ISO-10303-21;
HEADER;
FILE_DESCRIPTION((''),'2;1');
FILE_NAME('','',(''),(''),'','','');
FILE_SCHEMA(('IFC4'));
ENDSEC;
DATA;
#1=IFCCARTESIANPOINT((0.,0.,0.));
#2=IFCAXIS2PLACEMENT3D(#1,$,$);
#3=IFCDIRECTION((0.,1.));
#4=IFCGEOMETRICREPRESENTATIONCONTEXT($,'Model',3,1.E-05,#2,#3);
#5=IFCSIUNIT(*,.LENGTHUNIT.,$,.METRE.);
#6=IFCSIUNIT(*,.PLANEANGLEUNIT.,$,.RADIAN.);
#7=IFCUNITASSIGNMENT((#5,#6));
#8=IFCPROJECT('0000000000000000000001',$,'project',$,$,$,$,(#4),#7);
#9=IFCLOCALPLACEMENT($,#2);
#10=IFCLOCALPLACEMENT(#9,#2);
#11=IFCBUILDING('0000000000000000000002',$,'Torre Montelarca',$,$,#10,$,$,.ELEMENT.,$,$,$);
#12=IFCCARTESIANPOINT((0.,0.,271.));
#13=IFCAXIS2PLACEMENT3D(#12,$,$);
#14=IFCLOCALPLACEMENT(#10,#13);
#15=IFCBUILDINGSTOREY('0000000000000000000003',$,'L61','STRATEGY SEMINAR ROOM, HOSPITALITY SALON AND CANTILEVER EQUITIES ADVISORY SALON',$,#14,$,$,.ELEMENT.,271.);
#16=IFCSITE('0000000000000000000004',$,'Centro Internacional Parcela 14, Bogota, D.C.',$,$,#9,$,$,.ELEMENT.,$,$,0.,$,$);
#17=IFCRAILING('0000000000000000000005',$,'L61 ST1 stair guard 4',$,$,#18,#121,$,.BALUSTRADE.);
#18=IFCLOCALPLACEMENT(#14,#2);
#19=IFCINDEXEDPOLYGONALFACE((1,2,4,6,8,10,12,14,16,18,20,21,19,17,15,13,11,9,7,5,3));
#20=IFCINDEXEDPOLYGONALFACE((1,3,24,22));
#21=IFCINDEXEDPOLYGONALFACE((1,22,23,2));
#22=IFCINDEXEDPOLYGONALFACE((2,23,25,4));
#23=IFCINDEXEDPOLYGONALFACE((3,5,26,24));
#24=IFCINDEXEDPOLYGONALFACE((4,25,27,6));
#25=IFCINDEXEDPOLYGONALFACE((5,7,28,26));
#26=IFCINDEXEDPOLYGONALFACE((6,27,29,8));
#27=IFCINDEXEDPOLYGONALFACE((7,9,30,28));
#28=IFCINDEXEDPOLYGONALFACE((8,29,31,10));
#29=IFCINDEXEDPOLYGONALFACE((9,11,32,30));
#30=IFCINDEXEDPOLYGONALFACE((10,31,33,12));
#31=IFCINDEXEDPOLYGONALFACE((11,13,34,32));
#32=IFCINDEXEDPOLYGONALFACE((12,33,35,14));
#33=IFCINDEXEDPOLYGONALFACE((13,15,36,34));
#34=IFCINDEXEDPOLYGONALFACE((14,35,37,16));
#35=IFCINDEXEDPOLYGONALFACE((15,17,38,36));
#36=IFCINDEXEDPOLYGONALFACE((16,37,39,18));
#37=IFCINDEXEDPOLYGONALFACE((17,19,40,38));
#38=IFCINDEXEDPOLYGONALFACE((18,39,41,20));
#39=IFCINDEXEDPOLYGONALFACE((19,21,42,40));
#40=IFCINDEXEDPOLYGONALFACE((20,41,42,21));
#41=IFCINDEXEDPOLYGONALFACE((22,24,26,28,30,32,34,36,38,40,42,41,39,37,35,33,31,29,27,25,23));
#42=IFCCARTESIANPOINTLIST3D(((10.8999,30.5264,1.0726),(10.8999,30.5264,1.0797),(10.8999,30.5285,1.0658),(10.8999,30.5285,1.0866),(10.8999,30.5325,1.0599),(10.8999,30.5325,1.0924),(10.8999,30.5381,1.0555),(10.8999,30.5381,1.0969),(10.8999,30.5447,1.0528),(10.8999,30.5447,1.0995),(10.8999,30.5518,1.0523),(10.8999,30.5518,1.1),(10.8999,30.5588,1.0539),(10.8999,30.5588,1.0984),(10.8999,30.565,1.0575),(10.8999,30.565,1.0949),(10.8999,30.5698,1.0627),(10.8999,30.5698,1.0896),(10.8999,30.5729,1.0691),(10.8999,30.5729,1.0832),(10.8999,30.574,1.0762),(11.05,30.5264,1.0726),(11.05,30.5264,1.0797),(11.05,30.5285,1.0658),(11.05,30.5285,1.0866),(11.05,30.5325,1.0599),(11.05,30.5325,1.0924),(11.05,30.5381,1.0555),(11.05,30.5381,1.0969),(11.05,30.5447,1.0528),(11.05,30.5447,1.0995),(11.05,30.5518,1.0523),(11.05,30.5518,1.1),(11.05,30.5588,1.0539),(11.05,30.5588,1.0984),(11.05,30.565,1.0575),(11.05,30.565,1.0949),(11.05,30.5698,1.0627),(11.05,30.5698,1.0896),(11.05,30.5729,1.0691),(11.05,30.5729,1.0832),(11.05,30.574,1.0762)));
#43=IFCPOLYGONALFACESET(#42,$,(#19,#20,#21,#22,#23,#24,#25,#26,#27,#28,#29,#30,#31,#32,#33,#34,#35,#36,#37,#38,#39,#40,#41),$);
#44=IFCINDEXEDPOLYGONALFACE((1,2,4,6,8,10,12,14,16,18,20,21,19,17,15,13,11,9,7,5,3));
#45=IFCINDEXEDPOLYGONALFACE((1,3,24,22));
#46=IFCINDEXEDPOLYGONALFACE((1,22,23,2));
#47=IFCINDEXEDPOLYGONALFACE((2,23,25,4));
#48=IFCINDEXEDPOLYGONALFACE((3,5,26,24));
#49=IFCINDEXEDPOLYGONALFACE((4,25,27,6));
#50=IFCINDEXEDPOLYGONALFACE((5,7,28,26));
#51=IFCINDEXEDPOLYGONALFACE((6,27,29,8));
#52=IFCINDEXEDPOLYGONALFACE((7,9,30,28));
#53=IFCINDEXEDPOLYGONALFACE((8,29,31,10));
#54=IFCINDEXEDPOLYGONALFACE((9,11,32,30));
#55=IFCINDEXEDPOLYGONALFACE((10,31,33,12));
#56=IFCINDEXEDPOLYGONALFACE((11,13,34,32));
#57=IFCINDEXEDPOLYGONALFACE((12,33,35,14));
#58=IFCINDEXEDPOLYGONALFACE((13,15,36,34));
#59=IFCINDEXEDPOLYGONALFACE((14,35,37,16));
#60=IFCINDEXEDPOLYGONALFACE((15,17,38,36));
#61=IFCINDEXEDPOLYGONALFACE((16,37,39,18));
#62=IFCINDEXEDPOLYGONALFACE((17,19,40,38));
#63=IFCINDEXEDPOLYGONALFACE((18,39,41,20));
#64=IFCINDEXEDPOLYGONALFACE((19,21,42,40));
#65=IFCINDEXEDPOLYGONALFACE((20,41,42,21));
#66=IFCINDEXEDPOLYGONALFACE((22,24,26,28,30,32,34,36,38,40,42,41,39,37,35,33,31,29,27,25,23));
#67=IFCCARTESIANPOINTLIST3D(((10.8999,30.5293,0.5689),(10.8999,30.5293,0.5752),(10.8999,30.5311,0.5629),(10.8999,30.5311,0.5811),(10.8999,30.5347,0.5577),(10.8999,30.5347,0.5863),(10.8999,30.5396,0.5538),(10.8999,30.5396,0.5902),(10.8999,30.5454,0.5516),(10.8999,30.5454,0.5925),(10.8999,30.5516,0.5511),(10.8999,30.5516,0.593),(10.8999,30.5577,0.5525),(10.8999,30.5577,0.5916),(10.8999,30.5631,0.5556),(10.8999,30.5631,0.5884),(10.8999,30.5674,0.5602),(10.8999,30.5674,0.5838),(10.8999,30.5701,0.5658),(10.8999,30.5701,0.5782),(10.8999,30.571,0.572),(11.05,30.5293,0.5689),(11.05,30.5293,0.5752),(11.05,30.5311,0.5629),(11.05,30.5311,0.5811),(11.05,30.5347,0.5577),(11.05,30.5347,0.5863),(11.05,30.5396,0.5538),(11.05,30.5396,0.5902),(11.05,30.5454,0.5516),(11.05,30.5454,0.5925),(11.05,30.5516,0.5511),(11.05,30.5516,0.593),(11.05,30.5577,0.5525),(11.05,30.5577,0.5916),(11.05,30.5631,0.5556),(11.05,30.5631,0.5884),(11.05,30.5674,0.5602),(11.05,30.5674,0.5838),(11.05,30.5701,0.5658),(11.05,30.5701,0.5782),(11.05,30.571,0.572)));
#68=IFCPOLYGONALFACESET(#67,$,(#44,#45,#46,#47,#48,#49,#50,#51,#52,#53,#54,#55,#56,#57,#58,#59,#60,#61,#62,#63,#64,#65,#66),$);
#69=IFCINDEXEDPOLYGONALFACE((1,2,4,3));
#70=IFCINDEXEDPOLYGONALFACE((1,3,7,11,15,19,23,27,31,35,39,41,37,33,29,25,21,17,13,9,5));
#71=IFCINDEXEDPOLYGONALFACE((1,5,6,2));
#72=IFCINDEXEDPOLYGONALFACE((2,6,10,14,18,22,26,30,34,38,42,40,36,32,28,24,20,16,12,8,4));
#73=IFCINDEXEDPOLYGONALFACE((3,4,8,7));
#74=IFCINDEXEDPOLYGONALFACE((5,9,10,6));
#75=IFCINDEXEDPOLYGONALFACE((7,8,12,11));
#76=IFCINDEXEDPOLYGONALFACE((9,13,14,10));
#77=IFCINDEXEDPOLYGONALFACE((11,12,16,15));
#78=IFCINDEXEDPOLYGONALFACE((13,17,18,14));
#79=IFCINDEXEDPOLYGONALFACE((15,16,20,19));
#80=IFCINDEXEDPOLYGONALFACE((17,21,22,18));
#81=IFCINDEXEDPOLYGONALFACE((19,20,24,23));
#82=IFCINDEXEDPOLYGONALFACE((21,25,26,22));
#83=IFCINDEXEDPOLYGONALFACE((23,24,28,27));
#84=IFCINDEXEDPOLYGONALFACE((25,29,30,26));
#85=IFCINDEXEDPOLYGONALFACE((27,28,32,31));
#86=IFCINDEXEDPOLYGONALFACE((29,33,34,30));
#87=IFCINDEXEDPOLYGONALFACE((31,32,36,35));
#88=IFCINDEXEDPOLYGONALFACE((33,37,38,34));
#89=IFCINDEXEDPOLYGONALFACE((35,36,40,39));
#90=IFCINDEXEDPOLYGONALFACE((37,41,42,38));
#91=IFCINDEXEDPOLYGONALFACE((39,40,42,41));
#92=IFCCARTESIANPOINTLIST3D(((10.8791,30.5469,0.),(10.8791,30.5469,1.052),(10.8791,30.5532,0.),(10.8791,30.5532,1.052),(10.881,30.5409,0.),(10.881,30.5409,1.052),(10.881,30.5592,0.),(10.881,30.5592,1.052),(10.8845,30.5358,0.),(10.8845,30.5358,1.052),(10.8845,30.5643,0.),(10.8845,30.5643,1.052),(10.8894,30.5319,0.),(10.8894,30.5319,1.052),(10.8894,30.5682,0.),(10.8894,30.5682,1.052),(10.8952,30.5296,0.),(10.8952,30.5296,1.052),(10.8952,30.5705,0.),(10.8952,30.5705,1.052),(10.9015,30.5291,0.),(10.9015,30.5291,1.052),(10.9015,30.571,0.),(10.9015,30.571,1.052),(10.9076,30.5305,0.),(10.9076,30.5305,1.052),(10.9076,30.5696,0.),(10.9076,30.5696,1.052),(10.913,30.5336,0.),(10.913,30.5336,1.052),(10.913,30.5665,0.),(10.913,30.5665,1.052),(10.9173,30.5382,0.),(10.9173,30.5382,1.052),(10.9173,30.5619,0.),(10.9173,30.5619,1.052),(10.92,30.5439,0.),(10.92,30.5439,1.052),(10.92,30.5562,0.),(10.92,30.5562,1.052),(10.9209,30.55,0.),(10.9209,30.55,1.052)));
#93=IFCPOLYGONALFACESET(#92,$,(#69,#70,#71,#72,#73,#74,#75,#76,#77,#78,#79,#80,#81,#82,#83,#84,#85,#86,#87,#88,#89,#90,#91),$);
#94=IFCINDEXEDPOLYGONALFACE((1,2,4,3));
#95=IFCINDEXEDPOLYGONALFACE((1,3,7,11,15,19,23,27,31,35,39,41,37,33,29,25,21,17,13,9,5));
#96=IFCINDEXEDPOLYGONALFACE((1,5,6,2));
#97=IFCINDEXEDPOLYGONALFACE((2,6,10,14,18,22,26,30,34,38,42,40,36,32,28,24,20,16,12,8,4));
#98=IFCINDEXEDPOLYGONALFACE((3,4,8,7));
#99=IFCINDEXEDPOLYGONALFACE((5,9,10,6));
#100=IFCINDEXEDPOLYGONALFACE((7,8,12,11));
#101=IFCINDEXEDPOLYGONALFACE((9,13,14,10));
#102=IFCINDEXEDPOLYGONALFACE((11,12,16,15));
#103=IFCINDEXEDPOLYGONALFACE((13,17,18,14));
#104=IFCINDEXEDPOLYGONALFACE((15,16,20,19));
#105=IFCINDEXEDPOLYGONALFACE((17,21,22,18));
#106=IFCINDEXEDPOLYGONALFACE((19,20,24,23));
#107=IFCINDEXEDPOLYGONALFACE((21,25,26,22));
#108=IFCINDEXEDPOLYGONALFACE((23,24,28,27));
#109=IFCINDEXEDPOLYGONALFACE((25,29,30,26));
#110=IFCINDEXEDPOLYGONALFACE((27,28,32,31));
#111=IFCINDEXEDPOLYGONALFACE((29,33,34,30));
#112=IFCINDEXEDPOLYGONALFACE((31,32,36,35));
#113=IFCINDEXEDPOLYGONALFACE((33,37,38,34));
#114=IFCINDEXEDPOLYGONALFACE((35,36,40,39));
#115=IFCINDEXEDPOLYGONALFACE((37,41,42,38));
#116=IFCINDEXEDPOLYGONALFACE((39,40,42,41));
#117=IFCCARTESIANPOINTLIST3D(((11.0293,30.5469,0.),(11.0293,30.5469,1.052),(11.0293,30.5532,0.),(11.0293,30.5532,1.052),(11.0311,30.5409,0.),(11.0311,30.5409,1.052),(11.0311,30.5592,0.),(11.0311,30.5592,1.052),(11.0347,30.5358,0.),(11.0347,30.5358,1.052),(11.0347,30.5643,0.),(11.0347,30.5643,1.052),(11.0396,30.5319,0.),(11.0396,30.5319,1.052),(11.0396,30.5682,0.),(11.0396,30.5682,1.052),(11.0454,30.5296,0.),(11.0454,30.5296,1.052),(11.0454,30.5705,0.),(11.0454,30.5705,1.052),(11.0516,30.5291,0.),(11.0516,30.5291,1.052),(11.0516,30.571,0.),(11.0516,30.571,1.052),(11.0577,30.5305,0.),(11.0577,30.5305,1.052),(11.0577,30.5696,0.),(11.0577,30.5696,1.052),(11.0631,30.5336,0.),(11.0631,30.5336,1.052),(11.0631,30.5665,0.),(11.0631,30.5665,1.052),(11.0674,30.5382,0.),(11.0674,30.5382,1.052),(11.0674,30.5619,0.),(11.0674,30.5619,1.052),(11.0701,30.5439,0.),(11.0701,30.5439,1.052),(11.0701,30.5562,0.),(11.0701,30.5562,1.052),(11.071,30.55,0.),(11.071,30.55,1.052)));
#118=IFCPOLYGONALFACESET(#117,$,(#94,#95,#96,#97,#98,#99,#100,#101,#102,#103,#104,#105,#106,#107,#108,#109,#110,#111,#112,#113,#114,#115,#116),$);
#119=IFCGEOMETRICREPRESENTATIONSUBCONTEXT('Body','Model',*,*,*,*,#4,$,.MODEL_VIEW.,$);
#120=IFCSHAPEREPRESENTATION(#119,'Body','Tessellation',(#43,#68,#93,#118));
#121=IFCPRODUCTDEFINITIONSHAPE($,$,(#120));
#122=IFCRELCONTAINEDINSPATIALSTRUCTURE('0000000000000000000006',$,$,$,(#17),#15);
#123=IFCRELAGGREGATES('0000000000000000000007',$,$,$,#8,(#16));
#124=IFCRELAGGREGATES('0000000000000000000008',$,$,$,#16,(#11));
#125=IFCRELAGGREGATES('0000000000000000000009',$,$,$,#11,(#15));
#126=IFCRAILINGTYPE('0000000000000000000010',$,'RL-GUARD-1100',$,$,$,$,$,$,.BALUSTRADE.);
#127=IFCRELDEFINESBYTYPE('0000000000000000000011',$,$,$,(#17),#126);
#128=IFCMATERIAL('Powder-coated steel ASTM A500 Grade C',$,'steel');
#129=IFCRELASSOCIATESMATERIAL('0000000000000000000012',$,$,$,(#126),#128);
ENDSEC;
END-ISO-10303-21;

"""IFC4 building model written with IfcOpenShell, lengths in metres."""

from ifc_helpers import new_model, si_unit, direction, frame, origin, origin_2d, place, context, subcontext, project, spatial, circle, extrude, material, type_object, element, save


model = new_model("IFC4")

# Units and contexts
model_context = context("Model", 3, precision=1e-05, world=origin(), true_north=direction((0.0, 1.0)))
body_context = subcontext(model_context, "Body", "Model", "MODEL_VIEW")
ifc_project = project(units=[si_unit("LENGTHUNIT", "METRE"), si_unit("PLANEANGLEUNIT", "RADIAN")], contexts=[model_context])

# Site, building, storey
site_placement = place(None, origin())
site = spatial("IfcSite", under=ifc_project, at=site_placement, Name="Centro Internacional Parcela 14, Bogota, D.C.", CompositionType="ELEMENT", RefElevation=0.0)
building_placement = place(site_placement, origin())
building = spatial("IfcBuilding", under=site, at=building_placement, Name="Torre Montelarca", CompositionType="ELEMENT")
storey_placement = place(building_placement, frame((0.0, 0.0, 271.0)))
storey = spatial("IfcBuildingStorey", under=building, at=storey_placement, Name="L61", Description="STRATEGY SEMINAR ROOM, HOSPITALITY SALON AND CANTILEVER EQUITIES ADVISORY SALON", CompositionType="ELEMENT", Elevation=271.0)

# Railing
ifc_material_1 = material(Name="Powder-coated steel ASTM A500 Grade C", Category="steel")
railing_type_1 = type_object("IfcRailingType", Name="RL-GUARD-1100", PredefinedType="BALUSTRADE", material=ifc_material_1)
railing_1_placement = place(storey_placement, frame((10.8999, 30.55, 0.0)))
element("IfcRailing", 1, at=railing_1_placement, inside=storey, type_object=railing_type_1, Name="L61 ST1 stair guard 4", PredefinedType="BALUSTRADE", context=body_context, shape_type="SweptSolid", body=[
    extrude(circle(Radius=0.0239, at=origin_2d()), frame((0.0, 0.0, 1.0762), z_axis=(1.0, 0.0, 0.0), x_axis=(0.0, 1.0, 0.0)), (0.0, 0.0, 1.0), 0.1501),
    extrude(circle(Radius=0.021, at=origin_2d()), frame((0.0, 0.0, 0.572), z_axis=(1.0, 0.0, 0.0), x_axis=(0.0, 1.0, 0.0)), (0.0, 0.0, 1.0), 0.1501),
    extrude(circle(Radius=0.021, at=origin_2d()), origin(), (0.0, 0.0, 1.0), 1.052),
    extrude(circle(Radius=0.021, at=origin_2d()), frame((0.1501, 0.0, 0.0)), (0.0, 0.0, 1.0), 1.052),
])

save(model, "model.ifc")
